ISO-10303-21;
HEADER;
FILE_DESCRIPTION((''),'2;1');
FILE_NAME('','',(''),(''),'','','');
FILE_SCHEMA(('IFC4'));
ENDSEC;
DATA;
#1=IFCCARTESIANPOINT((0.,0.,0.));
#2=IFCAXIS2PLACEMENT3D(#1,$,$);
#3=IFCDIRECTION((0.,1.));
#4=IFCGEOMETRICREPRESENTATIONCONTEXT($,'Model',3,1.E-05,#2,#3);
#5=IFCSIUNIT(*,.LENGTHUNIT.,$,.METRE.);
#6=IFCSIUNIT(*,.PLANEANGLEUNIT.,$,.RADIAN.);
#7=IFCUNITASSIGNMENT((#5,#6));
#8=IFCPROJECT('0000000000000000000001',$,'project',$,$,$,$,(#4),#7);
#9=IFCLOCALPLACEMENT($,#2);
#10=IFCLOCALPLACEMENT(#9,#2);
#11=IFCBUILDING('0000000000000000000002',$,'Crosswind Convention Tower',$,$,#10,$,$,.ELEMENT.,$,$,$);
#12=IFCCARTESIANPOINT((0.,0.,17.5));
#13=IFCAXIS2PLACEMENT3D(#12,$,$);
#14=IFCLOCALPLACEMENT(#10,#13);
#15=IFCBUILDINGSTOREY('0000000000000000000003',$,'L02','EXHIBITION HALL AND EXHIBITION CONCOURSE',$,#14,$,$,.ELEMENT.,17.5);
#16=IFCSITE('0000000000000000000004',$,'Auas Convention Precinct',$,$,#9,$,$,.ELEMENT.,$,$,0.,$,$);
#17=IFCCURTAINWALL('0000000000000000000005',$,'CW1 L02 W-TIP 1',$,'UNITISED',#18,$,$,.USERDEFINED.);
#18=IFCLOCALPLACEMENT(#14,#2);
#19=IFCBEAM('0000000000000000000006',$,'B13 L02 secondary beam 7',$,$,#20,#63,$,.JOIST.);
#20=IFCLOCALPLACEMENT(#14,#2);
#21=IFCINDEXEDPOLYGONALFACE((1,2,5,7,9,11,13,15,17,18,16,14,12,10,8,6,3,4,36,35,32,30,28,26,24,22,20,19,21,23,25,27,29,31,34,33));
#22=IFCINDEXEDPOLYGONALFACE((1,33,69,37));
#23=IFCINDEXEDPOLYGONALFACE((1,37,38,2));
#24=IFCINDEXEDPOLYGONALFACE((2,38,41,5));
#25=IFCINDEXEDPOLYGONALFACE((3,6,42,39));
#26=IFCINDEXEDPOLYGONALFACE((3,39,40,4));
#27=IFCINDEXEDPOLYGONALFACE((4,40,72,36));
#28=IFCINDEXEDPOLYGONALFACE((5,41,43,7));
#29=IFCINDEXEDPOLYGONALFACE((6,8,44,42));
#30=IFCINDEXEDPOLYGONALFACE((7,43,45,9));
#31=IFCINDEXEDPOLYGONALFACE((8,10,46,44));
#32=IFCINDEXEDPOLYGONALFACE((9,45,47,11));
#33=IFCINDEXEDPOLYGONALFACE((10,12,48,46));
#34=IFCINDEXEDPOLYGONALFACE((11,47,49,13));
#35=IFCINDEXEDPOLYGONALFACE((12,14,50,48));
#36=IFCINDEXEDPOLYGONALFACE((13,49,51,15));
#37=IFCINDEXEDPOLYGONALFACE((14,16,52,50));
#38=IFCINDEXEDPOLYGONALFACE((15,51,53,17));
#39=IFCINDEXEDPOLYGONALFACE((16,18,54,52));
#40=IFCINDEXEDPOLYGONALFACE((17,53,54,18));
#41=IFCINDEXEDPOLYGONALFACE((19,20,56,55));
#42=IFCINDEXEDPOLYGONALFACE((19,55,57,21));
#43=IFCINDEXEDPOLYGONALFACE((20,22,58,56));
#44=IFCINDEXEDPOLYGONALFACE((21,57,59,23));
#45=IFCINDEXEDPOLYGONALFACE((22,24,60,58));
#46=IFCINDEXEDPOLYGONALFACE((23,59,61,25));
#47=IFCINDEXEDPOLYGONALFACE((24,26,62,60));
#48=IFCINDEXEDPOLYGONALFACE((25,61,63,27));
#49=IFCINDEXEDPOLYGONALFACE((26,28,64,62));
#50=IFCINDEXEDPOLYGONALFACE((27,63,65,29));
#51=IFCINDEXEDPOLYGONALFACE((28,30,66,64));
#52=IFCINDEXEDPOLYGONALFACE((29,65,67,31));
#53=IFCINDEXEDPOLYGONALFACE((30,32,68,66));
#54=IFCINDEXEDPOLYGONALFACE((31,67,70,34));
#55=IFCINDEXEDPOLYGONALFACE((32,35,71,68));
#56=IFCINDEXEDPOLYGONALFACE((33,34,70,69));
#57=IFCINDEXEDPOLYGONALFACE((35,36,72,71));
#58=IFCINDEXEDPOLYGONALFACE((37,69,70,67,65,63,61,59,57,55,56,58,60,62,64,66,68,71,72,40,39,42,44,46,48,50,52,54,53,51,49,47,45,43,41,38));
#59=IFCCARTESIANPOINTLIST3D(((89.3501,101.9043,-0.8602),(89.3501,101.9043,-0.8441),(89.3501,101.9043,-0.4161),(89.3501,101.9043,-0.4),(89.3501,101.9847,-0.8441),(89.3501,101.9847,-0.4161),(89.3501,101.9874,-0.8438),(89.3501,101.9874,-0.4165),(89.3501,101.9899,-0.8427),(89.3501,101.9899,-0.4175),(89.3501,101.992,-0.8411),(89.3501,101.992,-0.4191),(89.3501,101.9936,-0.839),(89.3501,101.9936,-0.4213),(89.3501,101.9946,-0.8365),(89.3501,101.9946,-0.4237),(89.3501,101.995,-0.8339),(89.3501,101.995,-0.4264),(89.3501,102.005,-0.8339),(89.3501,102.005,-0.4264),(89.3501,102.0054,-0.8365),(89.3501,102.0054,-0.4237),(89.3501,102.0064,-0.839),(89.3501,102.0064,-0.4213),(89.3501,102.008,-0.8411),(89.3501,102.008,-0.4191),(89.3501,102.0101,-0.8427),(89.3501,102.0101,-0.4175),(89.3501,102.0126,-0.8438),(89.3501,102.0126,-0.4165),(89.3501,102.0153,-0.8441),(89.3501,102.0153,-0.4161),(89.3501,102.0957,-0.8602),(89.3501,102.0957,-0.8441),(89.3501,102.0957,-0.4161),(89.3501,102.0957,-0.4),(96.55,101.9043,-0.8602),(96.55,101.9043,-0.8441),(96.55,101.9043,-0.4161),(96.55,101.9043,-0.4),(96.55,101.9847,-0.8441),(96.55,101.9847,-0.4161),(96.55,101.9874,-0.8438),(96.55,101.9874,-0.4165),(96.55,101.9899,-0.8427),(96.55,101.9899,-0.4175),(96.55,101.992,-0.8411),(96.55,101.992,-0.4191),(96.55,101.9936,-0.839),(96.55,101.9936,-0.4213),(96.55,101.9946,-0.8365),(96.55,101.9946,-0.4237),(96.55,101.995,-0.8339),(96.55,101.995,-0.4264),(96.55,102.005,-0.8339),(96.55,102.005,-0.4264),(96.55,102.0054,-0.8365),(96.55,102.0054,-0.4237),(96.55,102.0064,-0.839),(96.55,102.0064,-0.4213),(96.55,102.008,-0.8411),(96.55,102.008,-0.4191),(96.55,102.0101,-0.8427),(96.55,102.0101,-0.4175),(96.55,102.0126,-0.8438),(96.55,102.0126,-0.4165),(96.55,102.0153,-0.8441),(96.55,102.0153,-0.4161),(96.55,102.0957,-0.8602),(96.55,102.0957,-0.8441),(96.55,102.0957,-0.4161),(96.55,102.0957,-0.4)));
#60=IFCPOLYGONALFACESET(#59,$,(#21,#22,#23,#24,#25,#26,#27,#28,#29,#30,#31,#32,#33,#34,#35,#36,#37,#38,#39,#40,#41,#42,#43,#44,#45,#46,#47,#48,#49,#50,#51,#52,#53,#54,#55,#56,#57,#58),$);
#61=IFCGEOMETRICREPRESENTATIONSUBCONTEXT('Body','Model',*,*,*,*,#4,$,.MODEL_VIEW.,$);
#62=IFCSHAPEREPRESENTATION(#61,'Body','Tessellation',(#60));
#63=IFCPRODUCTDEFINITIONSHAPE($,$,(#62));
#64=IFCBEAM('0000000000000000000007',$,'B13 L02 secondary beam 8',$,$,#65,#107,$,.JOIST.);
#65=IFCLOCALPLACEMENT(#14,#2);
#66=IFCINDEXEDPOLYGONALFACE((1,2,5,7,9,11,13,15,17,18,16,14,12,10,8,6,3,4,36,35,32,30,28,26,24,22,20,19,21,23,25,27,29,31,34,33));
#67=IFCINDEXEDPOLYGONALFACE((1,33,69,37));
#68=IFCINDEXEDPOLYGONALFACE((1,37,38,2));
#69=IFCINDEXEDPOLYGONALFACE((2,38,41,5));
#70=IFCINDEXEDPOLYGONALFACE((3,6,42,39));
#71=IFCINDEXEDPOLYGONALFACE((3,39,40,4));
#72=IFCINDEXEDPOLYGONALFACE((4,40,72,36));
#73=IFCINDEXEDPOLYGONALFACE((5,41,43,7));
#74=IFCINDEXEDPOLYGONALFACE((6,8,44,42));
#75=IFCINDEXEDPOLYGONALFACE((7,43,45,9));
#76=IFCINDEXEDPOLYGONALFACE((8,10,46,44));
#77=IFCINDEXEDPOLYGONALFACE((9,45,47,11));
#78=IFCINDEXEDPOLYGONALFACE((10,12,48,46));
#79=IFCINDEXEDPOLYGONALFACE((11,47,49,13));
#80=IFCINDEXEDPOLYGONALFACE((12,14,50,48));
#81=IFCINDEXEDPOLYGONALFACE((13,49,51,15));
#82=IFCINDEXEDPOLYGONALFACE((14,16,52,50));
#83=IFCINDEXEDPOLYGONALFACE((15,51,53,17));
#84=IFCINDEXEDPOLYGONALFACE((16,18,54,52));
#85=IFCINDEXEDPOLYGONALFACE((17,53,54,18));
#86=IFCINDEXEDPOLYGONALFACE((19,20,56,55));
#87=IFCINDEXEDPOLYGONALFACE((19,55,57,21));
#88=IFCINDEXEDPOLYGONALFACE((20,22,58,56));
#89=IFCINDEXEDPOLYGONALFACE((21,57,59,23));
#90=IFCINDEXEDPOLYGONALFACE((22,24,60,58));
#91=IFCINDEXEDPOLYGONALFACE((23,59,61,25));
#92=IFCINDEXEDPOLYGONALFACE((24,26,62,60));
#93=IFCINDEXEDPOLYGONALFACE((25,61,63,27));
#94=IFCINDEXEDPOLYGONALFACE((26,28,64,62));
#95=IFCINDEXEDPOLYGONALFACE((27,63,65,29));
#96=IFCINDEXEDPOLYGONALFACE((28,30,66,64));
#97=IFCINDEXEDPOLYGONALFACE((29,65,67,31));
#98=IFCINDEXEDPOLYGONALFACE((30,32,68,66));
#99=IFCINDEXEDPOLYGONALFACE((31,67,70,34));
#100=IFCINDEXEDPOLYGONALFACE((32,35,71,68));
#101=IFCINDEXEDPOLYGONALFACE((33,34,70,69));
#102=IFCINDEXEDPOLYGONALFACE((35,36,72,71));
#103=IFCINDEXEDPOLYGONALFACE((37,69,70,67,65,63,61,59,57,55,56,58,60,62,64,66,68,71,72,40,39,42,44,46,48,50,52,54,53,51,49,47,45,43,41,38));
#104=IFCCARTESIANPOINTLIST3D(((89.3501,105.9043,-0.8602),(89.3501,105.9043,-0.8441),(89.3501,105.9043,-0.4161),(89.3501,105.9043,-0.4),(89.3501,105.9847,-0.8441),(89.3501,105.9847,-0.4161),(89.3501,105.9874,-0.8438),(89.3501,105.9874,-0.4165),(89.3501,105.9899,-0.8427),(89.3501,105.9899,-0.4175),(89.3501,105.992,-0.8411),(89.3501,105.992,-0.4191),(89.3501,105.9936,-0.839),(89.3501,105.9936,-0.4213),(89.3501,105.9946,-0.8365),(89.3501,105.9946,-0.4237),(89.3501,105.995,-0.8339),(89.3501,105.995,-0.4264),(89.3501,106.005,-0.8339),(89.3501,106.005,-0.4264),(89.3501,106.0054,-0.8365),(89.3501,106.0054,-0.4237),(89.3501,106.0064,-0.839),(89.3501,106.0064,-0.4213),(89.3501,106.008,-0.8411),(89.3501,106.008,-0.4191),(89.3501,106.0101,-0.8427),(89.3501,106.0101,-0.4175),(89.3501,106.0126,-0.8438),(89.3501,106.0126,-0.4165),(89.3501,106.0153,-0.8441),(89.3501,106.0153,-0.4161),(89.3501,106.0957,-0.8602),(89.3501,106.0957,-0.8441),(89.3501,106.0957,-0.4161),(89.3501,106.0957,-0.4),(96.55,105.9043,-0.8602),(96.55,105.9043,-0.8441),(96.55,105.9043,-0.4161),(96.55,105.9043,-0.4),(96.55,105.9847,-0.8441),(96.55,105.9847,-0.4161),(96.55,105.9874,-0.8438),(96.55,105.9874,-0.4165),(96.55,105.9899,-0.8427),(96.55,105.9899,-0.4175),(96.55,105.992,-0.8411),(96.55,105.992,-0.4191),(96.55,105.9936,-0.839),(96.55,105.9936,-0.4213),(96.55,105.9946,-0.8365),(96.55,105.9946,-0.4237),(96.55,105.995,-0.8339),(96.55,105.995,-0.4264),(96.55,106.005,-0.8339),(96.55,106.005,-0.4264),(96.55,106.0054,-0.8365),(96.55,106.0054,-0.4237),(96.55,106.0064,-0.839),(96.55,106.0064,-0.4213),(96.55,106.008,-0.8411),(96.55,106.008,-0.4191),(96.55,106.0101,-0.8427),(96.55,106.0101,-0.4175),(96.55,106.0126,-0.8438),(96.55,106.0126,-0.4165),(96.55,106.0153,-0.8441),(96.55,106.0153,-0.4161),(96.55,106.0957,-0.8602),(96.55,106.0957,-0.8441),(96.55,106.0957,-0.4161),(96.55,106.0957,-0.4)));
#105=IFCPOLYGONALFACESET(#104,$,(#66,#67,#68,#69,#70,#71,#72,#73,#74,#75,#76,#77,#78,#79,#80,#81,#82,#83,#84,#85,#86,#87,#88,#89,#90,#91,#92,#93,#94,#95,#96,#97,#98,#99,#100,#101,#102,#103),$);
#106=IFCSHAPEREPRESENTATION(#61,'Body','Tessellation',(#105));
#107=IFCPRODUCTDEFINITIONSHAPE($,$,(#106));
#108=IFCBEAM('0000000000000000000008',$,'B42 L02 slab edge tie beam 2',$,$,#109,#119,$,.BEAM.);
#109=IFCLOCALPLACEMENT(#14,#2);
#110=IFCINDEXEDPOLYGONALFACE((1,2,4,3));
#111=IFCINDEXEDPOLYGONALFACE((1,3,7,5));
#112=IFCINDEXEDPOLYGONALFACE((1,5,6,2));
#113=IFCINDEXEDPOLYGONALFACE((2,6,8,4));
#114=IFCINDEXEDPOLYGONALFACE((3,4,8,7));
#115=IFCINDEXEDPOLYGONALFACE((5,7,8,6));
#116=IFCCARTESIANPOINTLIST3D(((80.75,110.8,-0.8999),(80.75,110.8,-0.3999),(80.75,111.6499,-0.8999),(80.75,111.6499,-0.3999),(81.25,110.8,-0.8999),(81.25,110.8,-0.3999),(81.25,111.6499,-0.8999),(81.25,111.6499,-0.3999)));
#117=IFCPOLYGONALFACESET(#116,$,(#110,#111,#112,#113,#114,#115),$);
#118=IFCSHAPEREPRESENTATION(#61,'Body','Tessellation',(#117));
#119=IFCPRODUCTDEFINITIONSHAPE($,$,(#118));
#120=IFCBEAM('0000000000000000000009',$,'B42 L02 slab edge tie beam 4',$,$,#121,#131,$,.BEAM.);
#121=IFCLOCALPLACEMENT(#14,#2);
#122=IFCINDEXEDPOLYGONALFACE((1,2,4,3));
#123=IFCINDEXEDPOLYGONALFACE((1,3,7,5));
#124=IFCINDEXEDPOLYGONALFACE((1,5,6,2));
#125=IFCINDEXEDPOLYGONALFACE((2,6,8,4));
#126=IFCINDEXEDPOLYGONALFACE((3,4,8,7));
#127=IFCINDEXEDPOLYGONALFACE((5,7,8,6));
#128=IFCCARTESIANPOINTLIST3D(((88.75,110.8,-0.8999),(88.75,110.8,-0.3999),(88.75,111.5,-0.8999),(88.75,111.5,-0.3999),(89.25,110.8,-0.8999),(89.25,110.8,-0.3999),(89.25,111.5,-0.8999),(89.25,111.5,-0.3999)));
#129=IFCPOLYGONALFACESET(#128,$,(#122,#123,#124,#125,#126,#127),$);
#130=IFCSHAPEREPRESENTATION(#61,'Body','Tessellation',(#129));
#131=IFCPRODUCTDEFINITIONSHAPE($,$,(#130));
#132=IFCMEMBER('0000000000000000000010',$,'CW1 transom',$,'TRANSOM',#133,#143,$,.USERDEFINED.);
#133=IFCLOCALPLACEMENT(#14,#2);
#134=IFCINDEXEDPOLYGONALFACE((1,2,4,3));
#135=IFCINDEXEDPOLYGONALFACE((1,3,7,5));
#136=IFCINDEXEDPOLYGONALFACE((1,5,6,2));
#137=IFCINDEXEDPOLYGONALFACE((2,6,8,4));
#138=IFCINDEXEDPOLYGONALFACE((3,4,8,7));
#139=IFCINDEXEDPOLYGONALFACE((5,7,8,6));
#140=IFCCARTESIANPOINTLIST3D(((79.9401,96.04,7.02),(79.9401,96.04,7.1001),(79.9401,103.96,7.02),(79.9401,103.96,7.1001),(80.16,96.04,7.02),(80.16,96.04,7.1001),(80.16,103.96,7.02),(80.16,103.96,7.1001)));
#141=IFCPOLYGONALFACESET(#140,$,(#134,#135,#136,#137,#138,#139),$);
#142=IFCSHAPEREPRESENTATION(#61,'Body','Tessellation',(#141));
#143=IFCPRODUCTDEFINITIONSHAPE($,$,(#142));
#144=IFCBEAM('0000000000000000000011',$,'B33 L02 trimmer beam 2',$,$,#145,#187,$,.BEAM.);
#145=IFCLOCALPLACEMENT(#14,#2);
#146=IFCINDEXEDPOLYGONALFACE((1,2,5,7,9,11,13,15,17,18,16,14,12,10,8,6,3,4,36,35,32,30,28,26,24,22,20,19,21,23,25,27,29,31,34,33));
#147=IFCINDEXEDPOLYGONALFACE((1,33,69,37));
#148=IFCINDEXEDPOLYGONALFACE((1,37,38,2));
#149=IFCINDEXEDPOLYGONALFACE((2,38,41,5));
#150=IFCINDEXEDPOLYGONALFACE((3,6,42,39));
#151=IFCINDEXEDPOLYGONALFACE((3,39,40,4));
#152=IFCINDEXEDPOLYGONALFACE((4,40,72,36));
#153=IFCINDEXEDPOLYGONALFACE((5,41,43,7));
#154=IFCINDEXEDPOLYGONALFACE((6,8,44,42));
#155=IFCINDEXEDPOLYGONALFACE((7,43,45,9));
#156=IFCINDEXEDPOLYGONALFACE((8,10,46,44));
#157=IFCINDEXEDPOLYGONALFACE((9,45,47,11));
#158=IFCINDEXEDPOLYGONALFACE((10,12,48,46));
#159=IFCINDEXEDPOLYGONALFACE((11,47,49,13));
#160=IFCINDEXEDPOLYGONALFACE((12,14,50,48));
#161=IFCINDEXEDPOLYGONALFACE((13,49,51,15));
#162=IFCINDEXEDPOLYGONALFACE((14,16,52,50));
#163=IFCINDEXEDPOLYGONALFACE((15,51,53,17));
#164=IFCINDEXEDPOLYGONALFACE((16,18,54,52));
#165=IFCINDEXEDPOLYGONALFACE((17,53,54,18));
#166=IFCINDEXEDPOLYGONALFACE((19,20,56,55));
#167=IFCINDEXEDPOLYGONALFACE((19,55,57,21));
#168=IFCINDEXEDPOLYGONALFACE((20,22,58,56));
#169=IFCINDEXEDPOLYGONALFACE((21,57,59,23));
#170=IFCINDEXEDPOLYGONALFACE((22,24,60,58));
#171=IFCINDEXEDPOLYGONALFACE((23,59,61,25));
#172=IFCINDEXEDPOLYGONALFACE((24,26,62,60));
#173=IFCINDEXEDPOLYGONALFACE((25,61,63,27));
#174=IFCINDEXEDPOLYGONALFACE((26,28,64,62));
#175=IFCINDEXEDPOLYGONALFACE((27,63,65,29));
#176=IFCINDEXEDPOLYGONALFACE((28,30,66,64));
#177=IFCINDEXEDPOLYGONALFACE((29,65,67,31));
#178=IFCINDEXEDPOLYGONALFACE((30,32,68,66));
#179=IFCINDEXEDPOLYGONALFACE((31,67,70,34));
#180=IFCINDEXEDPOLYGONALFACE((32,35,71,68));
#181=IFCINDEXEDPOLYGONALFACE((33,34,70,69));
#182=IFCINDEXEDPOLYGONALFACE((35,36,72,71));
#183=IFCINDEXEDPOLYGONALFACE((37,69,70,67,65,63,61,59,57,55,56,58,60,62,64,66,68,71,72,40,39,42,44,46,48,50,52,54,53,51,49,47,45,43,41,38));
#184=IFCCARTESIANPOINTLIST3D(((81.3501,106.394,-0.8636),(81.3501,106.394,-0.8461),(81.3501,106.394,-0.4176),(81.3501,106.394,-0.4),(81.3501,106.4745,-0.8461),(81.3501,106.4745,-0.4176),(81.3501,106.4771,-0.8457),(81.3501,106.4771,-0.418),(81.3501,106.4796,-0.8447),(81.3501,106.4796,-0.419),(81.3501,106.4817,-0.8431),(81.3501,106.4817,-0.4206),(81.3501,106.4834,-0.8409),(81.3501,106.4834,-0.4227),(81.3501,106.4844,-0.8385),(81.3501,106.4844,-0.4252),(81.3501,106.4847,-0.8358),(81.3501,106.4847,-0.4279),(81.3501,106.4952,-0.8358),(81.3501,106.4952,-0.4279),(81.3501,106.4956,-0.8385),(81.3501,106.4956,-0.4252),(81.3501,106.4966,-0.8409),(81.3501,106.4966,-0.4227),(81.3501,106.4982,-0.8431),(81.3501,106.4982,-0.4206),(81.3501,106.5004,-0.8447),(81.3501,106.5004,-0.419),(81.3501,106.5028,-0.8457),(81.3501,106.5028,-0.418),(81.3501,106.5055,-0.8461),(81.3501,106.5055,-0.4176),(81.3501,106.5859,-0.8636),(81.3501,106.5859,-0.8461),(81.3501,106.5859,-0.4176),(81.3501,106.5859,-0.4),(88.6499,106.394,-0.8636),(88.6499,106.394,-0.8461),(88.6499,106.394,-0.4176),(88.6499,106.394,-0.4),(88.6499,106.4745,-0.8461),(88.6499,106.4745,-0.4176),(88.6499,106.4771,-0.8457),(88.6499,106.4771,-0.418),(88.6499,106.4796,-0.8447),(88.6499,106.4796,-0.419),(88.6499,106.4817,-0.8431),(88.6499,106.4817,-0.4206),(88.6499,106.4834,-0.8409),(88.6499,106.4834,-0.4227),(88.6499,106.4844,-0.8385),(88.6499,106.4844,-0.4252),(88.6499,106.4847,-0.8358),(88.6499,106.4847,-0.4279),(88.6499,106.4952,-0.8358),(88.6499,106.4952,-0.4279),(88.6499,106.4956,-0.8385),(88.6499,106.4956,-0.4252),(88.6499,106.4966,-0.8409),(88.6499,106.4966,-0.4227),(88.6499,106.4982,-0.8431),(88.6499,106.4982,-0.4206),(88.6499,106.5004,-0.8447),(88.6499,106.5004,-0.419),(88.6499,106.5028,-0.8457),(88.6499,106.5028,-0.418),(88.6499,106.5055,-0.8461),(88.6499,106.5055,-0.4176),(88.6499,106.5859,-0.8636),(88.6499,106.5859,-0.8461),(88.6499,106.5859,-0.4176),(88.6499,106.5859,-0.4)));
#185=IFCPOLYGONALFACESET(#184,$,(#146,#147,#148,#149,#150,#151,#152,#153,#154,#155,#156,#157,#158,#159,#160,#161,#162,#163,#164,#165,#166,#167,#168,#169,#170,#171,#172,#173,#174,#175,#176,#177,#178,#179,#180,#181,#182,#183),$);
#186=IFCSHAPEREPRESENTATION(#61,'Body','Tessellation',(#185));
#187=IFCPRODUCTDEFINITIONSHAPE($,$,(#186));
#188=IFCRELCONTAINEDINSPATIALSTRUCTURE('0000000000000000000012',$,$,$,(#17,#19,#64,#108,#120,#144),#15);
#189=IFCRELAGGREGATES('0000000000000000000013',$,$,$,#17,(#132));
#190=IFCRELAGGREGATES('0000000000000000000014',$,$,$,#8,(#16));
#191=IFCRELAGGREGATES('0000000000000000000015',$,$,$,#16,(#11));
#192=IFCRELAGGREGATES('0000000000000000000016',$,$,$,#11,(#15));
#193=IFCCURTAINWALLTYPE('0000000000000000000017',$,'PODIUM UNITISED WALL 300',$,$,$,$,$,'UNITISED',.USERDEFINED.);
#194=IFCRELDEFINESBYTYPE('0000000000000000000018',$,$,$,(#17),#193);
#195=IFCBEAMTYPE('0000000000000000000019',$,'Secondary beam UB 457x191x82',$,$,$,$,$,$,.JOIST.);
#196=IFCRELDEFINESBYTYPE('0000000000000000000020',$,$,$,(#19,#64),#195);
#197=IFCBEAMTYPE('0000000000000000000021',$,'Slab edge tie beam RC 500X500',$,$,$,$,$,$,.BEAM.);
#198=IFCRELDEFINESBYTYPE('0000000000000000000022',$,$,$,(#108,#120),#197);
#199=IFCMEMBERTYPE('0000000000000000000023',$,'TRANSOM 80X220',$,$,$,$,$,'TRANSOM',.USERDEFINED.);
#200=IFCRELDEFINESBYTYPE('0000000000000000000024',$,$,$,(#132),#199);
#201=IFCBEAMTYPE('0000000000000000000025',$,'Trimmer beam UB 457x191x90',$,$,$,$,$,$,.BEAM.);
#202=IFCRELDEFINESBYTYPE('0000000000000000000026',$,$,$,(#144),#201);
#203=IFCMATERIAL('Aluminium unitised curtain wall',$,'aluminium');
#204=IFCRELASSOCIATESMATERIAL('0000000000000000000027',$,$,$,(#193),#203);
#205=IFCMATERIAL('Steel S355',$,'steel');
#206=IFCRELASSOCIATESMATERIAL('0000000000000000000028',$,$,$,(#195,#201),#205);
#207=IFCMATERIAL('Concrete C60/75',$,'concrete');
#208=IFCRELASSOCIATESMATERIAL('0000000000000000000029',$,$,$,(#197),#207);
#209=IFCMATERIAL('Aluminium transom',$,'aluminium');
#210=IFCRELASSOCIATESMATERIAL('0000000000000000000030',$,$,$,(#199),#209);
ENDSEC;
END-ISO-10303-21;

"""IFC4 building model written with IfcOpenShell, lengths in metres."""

from ifc_helpers import new_model, si_unit, direction, frame, origin, origin_2d, place, context, subcontext, project, spatial, rectangle, i_section, extrude, material, material_profile, profile_set, type_object, element, aggregate, save


model = new_model("IFC4")

# Units and contexts
model_context = context("Model", 3, precision=1e-05, world=origin(), true_north=direction((0.0, 1.0)))
body_context = subcontext(model_context, "Body", "Model", "MODEL_VIEW")
ifc_project = project(units=[si_unit("LENGTHUNIT", "METRE"), si_unit("PLANEANGLEUNIT", "RADIAN")], contexts=[model_context])

# Site, building, storey
site_placement = place(None, origin())
site = spatial("IfcSite", under=ifc_project, at=site_placement, Name="Auas Convention Precinct", CompositionType="ELEMENT", RefElevation=0.0)
building_placement = place(site_placement, origin())
building = spatial("IfcBuilding", under=site, at=building_placement, Name="Crosswind Convention Tower", CompositionType="ELEMENT")
storey_placement = place(building_placement, frame((0.0, 0.0, 17.5)))
storey = spatial("IfcBuildingStorey", under=building, at=storey_placement, Name="L02", Description="EXHIBITION HALL AND EXHIBITION CONCOURSE", CompositionType="ELEMENT", Elevation=17.5)

# Shared definitions
ifc_material_1 = material(Name="Concrete C60/75", Category="concrete")

# Shared definitions
ifc_material_2 = material(Name="Steel S355", Category="steel")

# Curtain wall
ifc_material_3 = material(Name="Aluminium unitised curtain wall", Category="aluminium")
curtain_wall_type = type_object("IfcCurtainWallType", Name="PODIUM UNITISED WALL 300", ElementType="UNITISED", PredefinedType="USERDEFINED", material=ifc_material_3)
curtain_wall_placement = place(storey_placement, origin())
curtain_wall = element("IfcCurtainWall", 1, at=curtain_wall_placement, inside=storey, type_object=curtain_wall_type, Name="CW1 L02 W-TIP 1", ObjectType="UNITISED", PredefinedType="USERDEFINED")

# Beams
ifc_material_profile_1 = material_profile(ifc_material_2, i_section(OverallWidth=0.1914, OverallDepth=0.4602, WebThickness=0.01, FlangeThickness=0.0161, FilletRadius=0.0103, at=origin_2d()), Name="UB 457x191x82")
ifc_profile_set_1 = profile_set([ifc_material_profile_1], Name="Steel S355")
beam_type_1 = type_object("IfcBeamType", Name="Secondary beam UB 457x191x82", PredefinedType="JOIST", material=ifc_profile_set_1)
for number, where, z_axis, x_axis, name in (
    (2, (89.3501, 102.0, -0.6301), (1.0, 0.0, 0.0), (0.0, 1.0, 0.0), "B13 L02 secondary beam 7"),
    (3, (89.3501, 106.0, -0.6301), (1.0, 0.0, 0.0), (0.0, 1.0, 0.0), "B13 L02 secondary beam 8"),
):
    element("IfcBeam", number, at=place(storey_placement, frame(where, z_axis=z_axis, x_axis=x_axis)), inside=storey, type_object=beam_type_1, Name=name, PredefinedType="JOIST", context=body_context, shape_type="SweptSolid", body=[
        extrude(i_section(OverallWidth=0.1914, OverallDepth=0.4602, WebThickness=0.01, FlangeThickness=0.0161, FilletRadius=0.0103, at=origin_2d()), origin(), (0.0, 0.0, 1.0), 7.2),
    ])
ifc_material_profile_2 = material_profile(ifc_material_1, rectangle(XDim=0.5, YDim=0.5, at=origin_2d()), Name="RC 500X500")
ifc_profile_set_2 = profile_set([ifc_material_profile_2], Name="Concrete C60/75")
beam_type_2 = type_object("IfcBeamType", Name="Slab edge tie beam RC 500X500", PredefinedType="BEAM", material=ifc_profile_set_2)
beam_1_placement = place(storey_placement, frame((81.0, 110.8, -0.6499), z_axis=(0.0, 1.0, 0.0), x_axis=(-1.0, 0.0, 0.0)))
element("IfcBeam", 4, at=beam_1_placement, inside=storey, type_object=beam_type_2, Name="B42 L02 slab edge tie beam 2", PredefinedType="BEAM", context=body_context, shape_type="SweptSolid", body=[
    extrude(rectangle(XDim=0.5, YDim=0.5, at=origin_2d()), origin(), (0.0, 0.0, 1.0), 0.8499),
])
beam_2_placement = place(storey_placement, frame((89.0, 110.8, -0.6499), z_axis=(0.0, 1.0, 0.0), x_axis=(-1.0, 0.0, 0.0)))
element("IfcBeam", 5, at=beam_2_placement, inside=storey, type_object=beam_type_2, Name="B42 L02 slab edge tie beam 4", PredefinedType="BEAM", context=body_context, shape_type="SweptSolid", body=[
    extrude(rectangle(XDim=0.5, YDim=0.5, at=origin_2d()), origin(), (0.0, 0.0, 1.0), 0.7),
])

# Member
ifc_material_4 = material(Name="Aluminium transom", Category="aluminium")
ifc_material_profile_3 = material_profile(ifc_material_4, rectangle(XDim=0.22, YDim=0.0801, at=origin_2d()), Name="AL 220X80")
ifc_profile_set_3 = profile_set([ifc_material_profile_3], Name="Aluminium transom")
member_type_1 = type_object("IfcMemberType", Name="TRANSOM 80X220", ElementType="TRANSOM", PredefinedType="USERDEFINED", material=ifc_profile_set_3)
member_1_placement = place(storey_placement, frame((80.05, 103.96, 7.0601), z_axis=(0.0, -1.0, 0.0), x_axis=(1.0, 0.0, 0.0)))
member_1 = element("IfcMember", 6, at=member_1_placement, type_object=member_type_1, Name="CW1 transom", ObjectType="TRANSOM", PredefinedType="USERDEFINED", context=body_context, shape_type="SweptSolid", body=[
    extrude(rectangle(XDim=0.22, YDim=0.0801, at=origin_2d()), origin(), (0.0, 0.0, 1.0), 7.9199),
])

# Beam
ifc_material_profile_4 = material_profile(ifc_material_2, i_section(OverallWidth=0.1919, OverallDepth=0.4636, WebThickness=0.0105, FlangeThickness=0.0176, FilletRadius=0.0103, at=origin_2d()), Name="UB 457x191x90")
ifc_profile_set_4 = profile_set([ifc_material_profile_4], Name="Steel S355")
beam_type_3 = type_object("IfcBeamType", Name="Trimmer beam UB 457x191x90", PredefinedType="BEAM", material=ifc_profile_set_4)
beam_3_placement = place(storey_placement, frame((88.6499, 106.49, -0.6318), z_axis=(-1.0, 0.0, 0.0), x_axis=(0.0, -1.0, 0.0)))
element("IfcBeam", 7, at=beam_3_placement, inside=storey, type_object=beam_type_3, Name="B33 L02 trimmer beam 2", PredefinedType="BEAM", context=body_context, shape_type="SweptSolid", body=[
    extrude(i_section(OverallWidth=0.1919, OverallDepth=0.4636, WebThickness=0.0105, FlangeThickness=0.0176, FilletRadius=0.0103, at=origin_2d()), origin(), (0.0, 0.0, 1.0), 7.2998),
])

aggregate(curtain_wall, [member_1])

save(model, "model.ifc")
